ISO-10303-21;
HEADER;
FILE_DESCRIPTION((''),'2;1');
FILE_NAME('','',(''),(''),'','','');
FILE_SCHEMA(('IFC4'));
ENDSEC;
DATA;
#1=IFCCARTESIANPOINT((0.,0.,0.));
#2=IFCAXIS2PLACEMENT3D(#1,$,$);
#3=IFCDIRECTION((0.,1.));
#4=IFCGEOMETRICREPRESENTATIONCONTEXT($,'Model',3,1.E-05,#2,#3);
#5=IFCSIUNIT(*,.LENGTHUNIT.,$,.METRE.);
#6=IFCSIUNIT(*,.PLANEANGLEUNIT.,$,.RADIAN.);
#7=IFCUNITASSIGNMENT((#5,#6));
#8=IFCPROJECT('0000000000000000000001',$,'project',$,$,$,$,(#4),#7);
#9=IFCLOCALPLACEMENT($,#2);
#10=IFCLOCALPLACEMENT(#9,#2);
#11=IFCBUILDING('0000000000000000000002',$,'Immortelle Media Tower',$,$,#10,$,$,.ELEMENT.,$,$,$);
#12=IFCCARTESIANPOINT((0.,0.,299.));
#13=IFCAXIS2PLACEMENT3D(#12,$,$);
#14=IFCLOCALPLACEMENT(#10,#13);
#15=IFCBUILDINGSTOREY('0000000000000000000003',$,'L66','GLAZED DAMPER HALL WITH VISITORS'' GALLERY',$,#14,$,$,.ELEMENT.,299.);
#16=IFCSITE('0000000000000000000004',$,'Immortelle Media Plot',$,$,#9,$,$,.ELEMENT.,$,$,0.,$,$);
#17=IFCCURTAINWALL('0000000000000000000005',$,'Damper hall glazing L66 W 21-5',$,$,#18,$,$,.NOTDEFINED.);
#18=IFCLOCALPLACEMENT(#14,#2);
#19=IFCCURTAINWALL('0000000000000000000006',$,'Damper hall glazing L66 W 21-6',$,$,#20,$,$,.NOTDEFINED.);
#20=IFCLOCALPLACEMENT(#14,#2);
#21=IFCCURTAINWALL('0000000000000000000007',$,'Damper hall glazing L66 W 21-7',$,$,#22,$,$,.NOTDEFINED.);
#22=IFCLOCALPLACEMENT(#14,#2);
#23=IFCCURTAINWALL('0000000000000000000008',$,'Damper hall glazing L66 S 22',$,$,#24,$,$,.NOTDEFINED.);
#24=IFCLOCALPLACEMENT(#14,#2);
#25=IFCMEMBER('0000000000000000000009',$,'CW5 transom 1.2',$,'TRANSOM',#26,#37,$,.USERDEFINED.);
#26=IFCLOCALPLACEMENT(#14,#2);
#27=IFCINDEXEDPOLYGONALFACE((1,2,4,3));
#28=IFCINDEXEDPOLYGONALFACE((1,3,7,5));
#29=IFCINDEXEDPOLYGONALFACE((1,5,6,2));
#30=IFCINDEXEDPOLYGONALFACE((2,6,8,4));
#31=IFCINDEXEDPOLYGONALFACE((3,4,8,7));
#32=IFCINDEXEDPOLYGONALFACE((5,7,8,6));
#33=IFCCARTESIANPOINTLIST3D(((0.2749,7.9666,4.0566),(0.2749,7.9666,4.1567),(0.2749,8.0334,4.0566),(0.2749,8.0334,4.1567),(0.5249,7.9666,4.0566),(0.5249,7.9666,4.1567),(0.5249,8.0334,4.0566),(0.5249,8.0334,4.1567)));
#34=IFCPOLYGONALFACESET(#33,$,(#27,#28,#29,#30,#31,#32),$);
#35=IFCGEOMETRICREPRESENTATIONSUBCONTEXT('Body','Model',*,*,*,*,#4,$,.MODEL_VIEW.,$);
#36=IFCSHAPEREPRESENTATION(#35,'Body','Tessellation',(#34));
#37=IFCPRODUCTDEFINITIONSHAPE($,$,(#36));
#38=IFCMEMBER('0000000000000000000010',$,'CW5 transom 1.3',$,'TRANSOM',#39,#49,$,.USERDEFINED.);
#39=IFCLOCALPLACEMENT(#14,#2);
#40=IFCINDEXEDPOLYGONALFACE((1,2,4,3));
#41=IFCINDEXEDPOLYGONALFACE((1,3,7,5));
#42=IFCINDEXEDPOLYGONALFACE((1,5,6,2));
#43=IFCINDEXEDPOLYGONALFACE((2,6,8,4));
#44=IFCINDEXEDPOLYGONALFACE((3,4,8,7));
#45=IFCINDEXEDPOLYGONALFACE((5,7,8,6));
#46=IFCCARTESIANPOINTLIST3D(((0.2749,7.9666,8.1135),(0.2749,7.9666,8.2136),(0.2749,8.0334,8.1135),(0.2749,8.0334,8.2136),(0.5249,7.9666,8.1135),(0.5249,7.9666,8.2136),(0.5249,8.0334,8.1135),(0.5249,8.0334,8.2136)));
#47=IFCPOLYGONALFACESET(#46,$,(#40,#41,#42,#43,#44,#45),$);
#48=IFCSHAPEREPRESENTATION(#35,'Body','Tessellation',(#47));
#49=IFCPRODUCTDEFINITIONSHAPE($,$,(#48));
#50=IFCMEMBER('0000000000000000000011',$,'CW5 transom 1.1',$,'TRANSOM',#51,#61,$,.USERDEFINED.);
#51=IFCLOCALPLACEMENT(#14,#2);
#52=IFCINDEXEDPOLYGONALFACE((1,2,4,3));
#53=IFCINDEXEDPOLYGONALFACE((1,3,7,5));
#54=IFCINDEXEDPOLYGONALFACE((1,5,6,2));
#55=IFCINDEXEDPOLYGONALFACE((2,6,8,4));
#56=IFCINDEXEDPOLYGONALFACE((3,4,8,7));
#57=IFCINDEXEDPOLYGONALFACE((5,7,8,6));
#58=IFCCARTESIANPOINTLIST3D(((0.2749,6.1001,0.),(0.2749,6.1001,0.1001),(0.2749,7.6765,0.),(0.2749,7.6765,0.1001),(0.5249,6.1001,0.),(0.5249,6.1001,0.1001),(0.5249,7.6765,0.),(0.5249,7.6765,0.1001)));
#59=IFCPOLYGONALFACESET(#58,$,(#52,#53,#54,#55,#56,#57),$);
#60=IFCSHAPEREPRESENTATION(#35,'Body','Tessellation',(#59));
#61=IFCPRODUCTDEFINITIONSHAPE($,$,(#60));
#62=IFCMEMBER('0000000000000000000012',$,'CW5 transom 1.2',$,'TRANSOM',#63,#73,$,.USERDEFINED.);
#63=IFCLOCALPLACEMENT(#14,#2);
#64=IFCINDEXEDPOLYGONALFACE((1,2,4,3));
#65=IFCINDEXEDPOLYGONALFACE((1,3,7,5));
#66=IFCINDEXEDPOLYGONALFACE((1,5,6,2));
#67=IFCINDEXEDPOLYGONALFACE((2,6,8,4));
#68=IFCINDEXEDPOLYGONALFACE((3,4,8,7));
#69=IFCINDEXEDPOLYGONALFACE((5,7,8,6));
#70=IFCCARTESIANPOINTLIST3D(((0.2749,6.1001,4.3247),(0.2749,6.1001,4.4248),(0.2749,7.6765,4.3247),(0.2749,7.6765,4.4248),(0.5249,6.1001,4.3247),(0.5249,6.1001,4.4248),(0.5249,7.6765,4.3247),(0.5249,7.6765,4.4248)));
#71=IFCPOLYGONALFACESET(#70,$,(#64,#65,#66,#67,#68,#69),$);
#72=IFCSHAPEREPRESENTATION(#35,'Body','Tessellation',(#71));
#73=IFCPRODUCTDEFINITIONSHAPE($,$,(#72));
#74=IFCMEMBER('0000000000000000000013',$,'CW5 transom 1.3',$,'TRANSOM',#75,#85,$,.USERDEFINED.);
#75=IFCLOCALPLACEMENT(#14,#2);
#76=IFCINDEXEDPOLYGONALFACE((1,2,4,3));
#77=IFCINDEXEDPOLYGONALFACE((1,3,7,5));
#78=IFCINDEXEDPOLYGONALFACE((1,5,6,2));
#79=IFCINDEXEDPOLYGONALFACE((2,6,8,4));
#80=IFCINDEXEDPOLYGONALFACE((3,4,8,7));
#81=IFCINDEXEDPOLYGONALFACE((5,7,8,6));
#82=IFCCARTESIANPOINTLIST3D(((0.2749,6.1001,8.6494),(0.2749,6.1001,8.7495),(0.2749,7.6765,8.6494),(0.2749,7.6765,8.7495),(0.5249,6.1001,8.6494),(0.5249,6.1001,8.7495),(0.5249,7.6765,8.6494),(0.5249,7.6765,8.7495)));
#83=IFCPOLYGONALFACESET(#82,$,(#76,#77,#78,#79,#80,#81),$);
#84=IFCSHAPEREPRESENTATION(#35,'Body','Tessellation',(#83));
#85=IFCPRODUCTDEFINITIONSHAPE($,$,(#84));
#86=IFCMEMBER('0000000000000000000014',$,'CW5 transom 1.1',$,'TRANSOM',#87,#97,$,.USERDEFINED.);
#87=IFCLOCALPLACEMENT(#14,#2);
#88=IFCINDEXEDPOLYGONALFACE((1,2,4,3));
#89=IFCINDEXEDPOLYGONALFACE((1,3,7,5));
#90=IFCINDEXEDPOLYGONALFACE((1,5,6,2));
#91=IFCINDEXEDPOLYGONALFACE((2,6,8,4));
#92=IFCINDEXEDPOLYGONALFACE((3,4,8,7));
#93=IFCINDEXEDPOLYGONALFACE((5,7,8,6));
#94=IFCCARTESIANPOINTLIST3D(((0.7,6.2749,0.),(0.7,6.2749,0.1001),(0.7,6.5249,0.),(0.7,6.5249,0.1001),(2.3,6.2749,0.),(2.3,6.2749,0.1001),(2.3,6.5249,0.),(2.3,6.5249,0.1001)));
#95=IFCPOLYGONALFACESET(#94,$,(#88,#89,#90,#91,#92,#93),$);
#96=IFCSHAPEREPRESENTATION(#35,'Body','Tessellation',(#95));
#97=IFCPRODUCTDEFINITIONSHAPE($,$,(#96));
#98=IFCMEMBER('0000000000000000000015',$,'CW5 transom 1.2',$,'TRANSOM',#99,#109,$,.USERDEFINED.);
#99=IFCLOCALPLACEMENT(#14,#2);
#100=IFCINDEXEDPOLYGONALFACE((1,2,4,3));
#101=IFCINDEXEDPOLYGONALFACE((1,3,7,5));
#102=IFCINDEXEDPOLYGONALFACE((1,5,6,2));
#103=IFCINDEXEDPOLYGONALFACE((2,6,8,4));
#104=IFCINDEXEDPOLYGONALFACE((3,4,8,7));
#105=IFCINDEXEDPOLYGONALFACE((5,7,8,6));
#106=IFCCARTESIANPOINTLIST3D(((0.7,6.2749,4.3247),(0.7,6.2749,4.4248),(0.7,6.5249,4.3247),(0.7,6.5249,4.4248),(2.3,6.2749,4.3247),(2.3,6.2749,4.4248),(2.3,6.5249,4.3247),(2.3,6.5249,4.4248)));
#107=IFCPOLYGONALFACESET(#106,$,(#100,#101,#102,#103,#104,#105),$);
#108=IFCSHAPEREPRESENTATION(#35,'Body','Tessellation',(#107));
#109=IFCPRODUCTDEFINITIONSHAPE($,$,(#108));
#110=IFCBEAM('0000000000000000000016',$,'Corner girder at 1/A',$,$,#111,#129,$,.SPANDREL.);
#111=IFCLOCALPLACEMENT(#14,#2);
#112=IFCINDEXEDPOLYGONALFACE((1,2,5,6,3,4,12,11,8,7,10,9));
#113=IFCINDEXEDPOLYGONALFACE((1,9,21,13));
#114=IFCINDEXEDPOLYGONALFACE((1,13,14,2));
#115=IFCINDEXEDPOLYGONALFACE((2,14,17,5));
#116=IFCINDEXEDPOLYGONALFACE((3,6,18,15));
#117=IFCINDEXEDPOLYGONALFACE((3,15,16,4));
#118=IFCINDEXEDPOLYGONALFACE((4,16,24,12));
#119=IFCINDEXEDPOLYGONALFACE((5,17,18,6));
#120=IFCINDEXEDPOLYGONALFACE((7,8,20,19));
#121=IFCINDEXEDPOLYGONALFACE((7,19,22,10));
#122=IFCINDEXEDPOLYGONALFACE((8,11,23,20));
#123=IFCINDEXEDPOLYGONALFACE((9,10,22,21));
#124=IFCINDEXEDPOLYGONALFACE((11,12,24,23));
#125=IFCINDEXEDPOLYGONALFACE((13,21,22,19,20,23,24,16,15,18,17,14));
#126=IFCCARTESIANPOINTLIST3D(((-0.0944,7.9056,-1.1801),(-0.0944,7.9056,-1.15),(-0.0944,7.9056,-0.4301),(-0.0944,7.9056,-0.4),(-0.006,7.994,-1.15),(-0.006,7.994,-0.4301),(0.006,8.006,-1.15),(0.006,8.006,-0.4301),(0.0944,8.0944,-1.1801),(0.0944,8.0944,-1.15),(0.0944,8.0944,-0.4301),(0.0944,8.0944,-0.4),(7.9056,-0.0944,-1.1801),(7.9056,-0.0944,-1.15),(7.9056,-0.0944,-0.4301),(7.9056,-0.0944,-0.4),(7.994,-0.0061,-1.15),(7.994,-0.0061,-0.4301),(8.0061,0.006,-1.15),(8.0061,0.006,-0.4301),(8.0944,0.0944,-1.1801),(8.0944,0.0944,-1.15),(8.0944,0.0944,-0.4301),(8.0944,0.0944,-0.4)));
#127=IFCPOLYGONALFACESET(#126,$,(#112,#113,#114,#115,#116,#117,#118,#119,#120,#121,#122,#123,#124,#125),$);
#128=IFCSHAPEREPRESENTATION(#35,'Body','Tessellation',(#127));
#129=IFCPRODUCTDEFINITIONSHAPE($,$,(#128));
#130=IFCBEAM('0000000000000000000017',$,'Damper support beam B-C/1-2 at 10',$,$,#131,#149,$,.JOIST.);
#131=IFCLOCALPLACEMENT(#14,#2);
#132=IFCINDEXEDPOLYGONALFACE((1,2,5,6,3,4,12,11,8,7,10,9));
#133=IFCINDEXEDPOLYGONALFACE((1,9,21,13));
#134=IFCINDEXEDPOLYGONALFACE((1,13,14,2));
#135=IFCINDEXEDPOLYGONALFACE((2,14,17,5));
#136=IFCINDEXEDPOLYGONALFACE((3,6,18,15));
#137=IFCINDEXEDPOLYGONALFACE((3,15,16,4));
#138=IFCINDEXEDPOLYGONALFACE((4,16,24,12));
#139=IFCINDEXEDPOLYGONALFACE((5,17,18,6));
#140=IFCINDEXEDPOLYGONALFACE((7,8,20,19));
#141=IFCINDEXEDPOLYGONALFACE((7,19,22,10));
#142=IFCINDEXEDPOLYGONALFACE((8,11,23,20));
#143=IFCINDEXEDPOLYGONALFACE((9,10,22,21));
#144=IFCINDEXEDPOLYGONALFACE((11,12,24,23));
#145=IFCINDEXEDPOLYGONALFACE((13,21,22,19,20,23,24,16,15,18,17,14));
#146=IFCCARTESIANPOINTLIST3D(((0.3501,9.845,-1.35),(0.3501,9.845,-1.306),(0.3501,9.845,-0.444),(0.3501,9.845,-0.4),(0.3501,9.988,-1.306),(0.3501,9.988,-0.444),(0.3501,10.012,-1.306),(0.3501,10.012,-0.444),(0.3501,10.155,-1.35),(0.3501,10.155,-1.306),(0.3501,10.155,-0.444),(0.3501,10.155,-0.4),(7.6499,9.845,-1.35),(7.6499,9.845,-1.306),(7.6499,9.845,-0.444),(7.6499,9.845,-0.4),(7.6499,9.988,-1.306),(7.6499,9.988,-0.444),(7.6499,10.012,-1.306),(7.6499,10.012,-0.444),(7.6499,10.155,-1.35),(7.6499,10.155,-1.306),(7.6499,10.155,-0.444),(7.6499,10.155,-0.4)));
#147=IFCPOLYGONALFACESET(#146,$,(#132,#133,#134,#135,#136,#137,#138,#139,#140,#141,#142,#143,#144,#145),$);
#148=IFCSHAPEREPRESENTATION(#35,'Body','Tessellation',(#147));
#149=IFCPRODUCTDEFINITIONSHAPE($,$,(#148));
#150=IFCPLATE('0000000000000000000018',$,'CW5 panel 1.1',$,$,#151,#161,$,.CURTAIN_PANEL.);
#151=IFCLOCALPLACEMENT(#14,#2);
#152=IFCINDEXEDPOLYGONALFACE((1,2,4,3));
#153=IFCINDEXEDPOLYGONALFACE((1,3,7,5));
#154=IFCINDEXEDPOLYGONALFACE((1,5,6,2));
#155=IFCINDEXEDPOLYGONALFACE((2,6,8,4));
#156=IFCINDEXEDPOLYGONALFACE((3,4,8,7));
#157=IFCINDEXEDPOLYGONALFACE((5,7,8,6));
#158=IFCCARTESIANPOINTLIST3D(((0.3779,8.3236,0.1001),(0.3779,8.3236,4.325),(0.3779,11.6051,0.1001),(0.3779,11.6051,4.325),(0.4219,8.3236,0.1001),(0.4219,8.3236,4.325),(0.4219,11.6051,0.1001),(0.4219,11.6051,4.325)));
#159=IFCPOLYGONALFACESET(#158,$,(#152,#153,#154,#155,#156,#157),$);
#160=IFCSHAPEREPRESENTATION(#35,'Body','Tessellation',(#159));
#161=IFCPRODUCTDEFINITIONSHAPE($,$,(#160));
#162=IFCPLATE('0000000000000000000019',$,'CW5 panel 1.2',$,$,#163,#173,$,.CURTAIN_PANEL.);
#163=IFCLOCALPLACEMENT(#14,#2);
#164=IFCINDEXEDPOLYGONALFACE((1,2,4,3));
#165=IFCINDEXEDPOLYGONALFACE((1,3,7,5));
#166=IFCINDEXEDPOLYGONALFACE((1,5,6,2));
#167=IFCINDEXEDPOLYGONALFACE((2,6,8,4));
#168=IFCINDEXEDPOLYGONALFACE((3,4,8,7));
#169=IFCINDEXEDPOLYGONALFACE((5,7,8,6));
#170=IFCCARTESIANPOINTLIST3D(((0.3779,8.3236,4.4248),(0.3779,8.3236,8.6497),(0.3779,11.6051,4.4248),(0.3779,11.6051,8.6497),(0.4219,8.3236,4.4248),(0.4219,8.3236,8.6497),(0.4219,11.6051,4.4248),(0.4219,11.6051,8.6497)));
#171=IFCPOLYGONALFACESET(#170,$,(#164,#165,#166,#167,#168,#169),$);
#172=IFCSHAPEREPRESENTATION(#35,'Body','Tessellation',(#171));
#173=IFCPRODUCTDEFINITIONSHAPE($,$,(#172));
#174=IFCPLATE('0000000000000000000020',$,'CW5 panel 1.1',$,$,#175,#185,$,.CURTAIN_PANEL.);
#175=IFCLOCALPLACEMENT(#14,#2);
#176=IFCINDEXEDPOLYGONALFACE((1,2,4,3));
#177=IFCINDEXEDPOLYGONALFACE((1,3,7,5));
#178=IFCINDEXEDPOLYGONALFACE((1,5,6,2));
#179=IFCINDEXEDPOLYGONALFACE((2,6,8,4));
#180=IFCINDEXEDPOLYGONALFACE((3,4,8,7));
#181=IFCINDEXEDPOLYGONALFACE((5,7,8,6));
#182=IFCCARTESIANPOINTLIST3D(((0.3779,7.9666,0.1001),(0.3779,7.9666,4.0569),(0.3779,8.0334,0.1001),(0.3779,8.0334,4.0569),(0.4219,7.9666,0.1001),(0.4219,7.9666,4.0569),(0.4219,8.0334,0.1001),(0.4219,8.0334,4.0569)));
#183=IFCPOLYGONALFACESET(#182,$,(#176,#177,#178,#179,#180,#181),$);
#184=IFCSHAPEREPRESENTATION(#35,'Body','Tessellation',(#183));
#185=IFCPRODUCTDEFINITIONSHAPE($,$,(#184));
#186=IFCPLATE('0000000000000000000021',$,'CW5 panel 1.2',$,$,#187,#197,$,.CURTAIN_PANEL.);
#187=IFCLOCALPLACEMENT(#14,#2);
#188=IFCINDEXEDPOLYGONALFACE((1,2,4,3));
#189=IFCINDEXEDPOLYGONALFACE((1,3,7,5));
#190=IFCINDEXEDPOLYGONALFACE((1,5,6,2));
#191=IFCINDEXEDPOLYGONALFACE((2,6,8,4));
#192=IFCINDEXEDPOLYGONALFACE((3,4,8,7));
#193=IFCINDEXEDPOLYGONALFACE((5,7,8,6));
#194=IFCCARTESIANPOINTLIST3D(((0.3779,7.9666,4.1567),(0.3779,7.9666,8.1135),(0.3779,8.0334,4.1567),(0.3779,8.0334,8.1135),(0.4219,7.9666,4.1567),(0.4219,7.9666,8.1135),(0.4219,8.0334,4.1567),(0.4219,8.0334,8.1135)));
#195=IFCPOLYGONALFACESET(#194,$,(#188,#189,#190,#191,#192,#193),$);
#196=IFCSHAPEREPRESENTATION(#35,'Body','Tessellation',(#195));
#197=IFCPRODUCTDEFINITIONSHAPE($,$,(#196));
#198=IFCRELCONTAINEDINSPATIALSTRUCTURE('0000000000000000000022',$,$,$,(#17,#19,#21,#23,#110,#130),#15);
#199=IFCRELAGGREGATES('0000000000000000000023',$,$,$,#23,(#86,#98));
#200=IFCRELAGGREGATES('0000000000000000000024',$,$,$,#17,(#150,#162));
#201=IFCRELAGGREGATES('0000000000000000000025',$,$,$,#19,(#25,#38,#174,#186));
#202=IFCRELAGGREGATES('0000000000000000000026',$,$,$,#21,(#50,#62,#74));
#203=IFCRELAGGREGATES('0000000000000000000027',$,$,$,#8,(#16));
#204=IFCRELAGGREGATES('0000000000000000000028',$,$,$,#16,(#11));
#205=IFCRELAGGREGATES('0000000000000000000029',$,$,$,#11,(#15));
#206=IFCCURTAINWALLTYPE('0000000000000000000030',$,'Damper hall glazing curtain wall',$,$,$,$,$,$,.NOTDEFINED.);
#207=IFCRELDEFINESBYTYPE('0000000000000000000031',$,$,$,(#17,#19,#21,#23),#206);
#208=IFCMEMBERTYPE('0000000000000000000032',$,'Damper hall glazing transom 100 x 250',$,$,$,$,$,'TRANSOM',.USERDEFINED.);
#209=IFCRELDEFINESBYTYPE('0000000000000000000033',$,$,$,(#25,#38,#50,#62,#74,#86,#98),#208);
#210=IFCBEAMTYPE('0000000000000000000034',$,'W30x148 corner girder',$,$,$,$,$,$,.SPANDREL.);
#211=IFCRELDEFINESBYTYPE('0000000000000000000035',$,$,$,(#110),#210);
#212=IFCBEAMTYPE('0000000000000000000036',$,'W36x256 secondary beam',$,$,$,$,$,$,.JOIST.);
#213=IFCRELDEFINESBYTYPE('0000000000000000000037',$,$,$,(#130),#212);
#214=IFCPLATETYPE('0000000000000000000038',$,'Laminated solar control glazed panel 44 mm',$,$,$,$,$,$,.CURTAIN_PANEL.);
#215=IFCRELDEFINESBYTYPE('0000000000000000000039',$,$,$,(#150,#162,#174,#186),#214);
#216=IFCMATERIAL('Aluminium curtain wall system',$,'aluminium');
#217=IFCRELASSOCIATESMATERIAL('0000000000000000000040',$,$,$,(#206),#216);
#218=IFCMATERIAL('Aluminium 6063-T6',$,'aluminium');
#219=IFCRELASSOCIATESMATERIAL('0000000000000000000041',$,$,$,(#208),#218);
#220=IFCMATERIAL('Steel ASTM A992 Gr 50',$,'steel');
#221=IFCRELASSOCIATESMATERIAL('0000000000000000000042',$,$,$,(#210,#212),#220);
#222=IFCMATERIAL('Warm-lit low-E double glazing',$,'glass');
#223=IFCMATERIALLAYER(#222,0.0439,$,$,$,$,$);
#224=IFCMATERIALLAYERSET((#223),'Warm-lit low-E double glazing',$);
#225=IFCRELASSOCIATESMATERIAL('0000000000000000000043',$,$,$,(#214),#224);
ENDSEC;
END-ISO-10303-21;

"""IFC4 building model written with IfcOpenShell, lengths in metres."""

from ifc_helpers import new_model, si_unit, direction, frame, origin, origin_2d, place, context, subcontext, project, spatial, rectangle, i_section, extrude, material, layer, layer_set, material_profile, profile_set, type_object, element, aggregate, save


model = new_model("IFC4")

# Units and contexts
model_context = context("Model", 3, precision=1e-05, world=origin(), true_north=direction((0.0, 1.0)))
body_context = subcontext(model_context, "Body", "Model", "MODEL_VIEW")
ifc_project = project(units=[si_unit("LENGTHUNIT", "METRE"), si_unit("PLANEANGLEUNIT", "RADIAN")], contexts=[model_context])

# Site, building, storey
site_placement = place(None, origin())
site = spatial("IfcSite", under=ifc_project, at=site_placement, Name="Immortelle Media Plot", CompositionType="ELEMENT", RefElevation=0.0)
building_placement = place(site_placement, origin())
building = spatial("IfcBuilding", under=site, at=building_placement, Name="Immortelle Media Tower", CompositionType="ELEMENT")
storey_placement = place(building_placement, frame((0.0, 0.0, 299.0)))
storey = spatial("IfcBuildingStorey", under=building, at=storey_placement, Name="L66", Description="GLAZED DAMPER HALL WITH VISITORS' GALLERY", CompositionType="ELEMENT", Elevation=299.0)

# Shared definitions
ifc_material_1 = material(Name="Steel ASTM A992 Gr 50", Category="steel")

# Curtain wall
ifc_material_2 = material(Name="Aluminium curtain wall system", Category="aluminium")
curtain_wall_type = type_object("IfcCurtainWallType", Name="Damper hall glazing curtain wall", PredefinedType="NOTDEFINED", material=ifc_material_2)
curtain_wall_1_placement = place(storey_placement, origin())
curtain_wall_1 = element("IfcCurtainWall", 1, at=curtain_wall_1_placement, inside=storey, type_object=curtain_wall_type, Name="Damper hall glazing L66 W 21-5", PredefinedType="NOTDEFINED")
ifc_material_3 = material(Name="Aluminium 6063-T6", Category="aluminium")

# Curtain walls
curtain_wall_2_placement = place(storey_placement, origin())
curtain_wall_2 = element("IfcCurtainWall", 2, at=curtain_wall_2_placement, inside=storey, type_object=curtain_wall_type, Name="Damper hall glazing L66 W 21-6", PredefinedType="NOTDEFINED")
curtain_wall_3_placement = place(storey_placement, origin())
curtain_wall_3 = element("IfcCurtainWall", 3, at=curtain_wall_3_placement, inside=storey, type_object=curtain_wall_type, Name="Damper hall glazing L66 W 21-7", PredefinedType="NOTDEFINED")

# Curtain wall
curtain_wall_4_placement = place(storey_placement, origin())
curtain_wall_4 = element("IfcCurtainWall", 4, at=curtain_wall_4_placement, inside=storey, type_object=curtain_wall_type, Name="Damper hall glazing L66 S 22", PredefinedType="NOTDEFINED")

# Members
ifc_material_profile_1 = material_profile(ifc_material_3, rectangle(XDim=0.25, YDim=0.1001, at=origin_2d()), Name="AL 100x250")
ifc_profile_set_1 = profile_set([ifc_material_profile_1], Name="Aluminium 6063-T6")
member_type_1 = type_object("IfcMemberType", Name="Damper hall glazing transom 100 x 250", ElementType="TRANSOM", PredefinedType="USERDEFINED", material=ifc_profile_set_1)
member_1_placement = place(storey_placement, frame((0.3999, 8.0334, 4.1067), z_axis=(0.0, -1.0, 0.0), x_axis=(1.0, 0.0, 0.0)))
member_1 = element("IfcMember", 5, at=member_1_placement, type_object=member_type_1, Name="CW5 transom 1.2", ObjectType="TRANSOM", PredefinedType="USERDEFINED", context=body_context, shape_type="SweptSolid", body=[
    extrude(rectangle(XDim=0.25, YDim=0.1001, at=origin_2d()), origin(), (0.0, 0.0, 1.0), 0.0669),
])
member_2_placement = place(storey_placement, frame((0.3999, 8.0334, 8.1636), z_axis=(0.0, -1.0, 0.0), x_axis=(1.0, 0.0, 0.0)))
member_2 = element("IfcMember", 6, at=member_2_placement, type_object=member_type_1, Name="CW5 transom 1.3", ObjectType="TRANSOM", PredefinedType="USERDEFINED", context=body_context, shape_type="SweptSolid", body=[
    extrude(rectangle(XDim=0.25, YDim=0.1001, at=origin_2d()), origin(), (0.0, 0.0, 1.0), 0.0669),
])
member_3_placement = place(storey_placement, frame((0.3999, 7.6765, 0.05), z_axis=(0.0, -1.0, 0.0), x_axis=(1.0, 0.0, 0.0)))
member_3 = element("IfcMember", 7, at=member_3_placement, type_object=member_type_1, Name="CW5 transom 1.1", ObjectType="TRANSOM", PredefinedType="USERDEFINED", context=body_context, shape_type="SweptSolid", body=[
    extrude(rectangle(XDim=0.25, YDim=0.1001, at=origin_2d()), origin(), (0.0, 0.0, 1.0), 1.5764),
])
member_4_placement = place(storey_placement, frame((0.3999, 7.6765, 4.3748), z_axis=(0.0, -1.0, 0.0), x_axis=(1.0, 0.0, 0.0)))
member_4 = element("IfcMember", 8, at=member_4_placement, type_object=member_type_1, Name="CW5 transom 1.2", ObjectType="TRANSOM", PredefinedType="USERDEFINED", context=body_context, shape_type="SweptSolid", body=[
    extrude(rectangle(XDim=0.25, YDim=0.1001, at=origin_2d()), origin(), (0.0, 0.0, 1.0), 1.5764),
])
member_5_placement = place(storey_placement, frame((0.3999, 7.6765, 8.6995), z_axis=(0.0, -1.0, 0.0), x_axis=(1.0, 0.0, 0.0)))
member_5 = element("IfcMember", 9, at=member_5_placement, type_object=member_type_1, Name="CW5 transom 1.3", ObjectType="TRANSOM", PredefinedType="USERDEFINED", context=body_context, shape_type="SweptSolid", body=[
    extrude(rectangle(XDim=0.25, YDim=0.1001, at=origin_2d()), origin(), (0.0, 0.0, 1.0), 1.5764),
])
member_6_placement = place(storey_placement, frame((0.7, 6.3999, 0.05), z_axis=(1.0, 0.0, 0.0), x_axis=(0.0, 1.0, 0.0)))
member_6 = element("IfcMember", 10, at=member_6_placement, type_object=member_type_1, Name="CW5 transom 1.1", ObjectType="TRANSOM", PredefinedType="USERDEFINED", context=body_context, shape_type="SweptSolid", body=[
    extrude(rectangle(XDim=0.25, YDim=0.1001, at=origin_2d()), origin(), (0.0, 0.0, 1.0), 1.6001),
])
member_7_placement = place(storey_placement, frame((0.7, 6.3999, 4.3748), z_axis=(1.0, 0.0, 0.0), x_axis=(0.0, 1.0, 0.0)))
member_7 = element("IfcMember", 11, at=member_7_placement, type_object=member_type_1, Name="CW5 transom 1.2", ObjectType="TRANSOM", PredefinedType="USERDEFINED", context=body_context, shape_type="SweptSolid", body=[
    extrude(rectangle(XDim=0.25, YDim=0.1001, at=origin_2d()), origin(), (0.0, 0.0, 1.0), 1.6001),
])
aggregate(curtain_wall_4, [member_6, member_7])

# Beams
ifc_material_profile_2 = material_profile(ifc_material_1, i_section(OverallWidth=0.2671, OverallDepth=0.78, WebThickness=0.0171, FlangeThickness=0.03, at=origin_2d()), Name="W30x148")
ifc_profile_set_2 = profile_set([ifc_material_profile_2], Name="Steel ASTM A992 Gr 50")
beam_type_1 = type_object("IfcBeamType", Name="W30x148 corner girder", PredefinedType="SPANDREL", material=ifc_profile_set_2)
beam_1_placement = place(storey_placement, frame((0.0, 8.0, -0.79), z_axis=(0.707107, -0.707107, 0.0), x_axis=(0.707107, 0.707107, 0.0)))
element("IfcBeam", 12, at=beam_1_placement, inside=storey, type_object=beam_type_1, Name="Corner girder at 1/A", PredefinedType="SPANDREL", context=body_context, shape_type="SweptSolid", body=[
    extrude(i_section(OverallWidth=0.2671, OverallDepth=0.78, WebThickness=0.0171, FlangeThickness=0.03, at=origin_2d()), origin(), (0.0, 0.0, 1.0), 11.3137),
])
ifc_material_profile_3 = material_profile(ifc_material_1, i_section(OverallWidth=0.3101, OverallDepth=0.95, WebThickness=0.0239, FlangeThickness=0.0439, at=origin_2d()), Name="W36x256")
ifc_profile_set_3 = profile_set([ifc_material_profile_3], Name="Steel ASTM A992 Gr 50")
beam_type_2 = type_object("IfcBeamType", Name="W36x256 secondary beam", PredefinedType="JOIST", material=ifc_profile_set_3)
beam_2_placement = place(storey_placement, frame((0.3501, 10.0, -0.875), z_axis=(1.0, 0.0, 0.0), x_axis=(0.0, 1.0, 0.0)))
element("IfcBeam", 13, at=beam_2_placement, inside=storey, type_object=beam_type_2, Name="Damper support beam B-C/1-2 at 10", PredefinedType="JOIST", context=body_context, shape_type="SweptSolid", body=[
    extrude(i_section(OverallWidth=0.3101, OverallDepth=0.95, WebThickness=0.0239, FlangeThickness=0.0439, at=origin_2d()), origin(), (0.0, 0.0, 1.0), 7.2998),
])

# Plates
ifc_material_4 = material(Name="Warm-lit low-E double glazing", Category="glass")
ifc_layer = layer(ifc_material_4, 0.0439)
ifc_layer_set = layer_set([ifc_layer], Name="Warm-lit low-E double glazing")
plate_type = type_object("IfcPlateType", Name="Laminated solar control glazed panel 44 mm", PredefinedType="CURTAIN_PANEL", material=ifc_layer_set)
plate_1_placement = place(storey_placement, frame((0.3999, 9.9644, 0.1001), z_axis=(0.0, 0.0, 1.0), x_axis=(0.0, -1.0, 0.0)))
plate_1 = element("IfcPlate", 14, at=plate_1_placement, type_object=plate_type, Name="CW5 panel 1.1", PredefinedType="CURTAIN_PANEL", context=body_context, shape_type="SweptSolid", body=[
    extrude(rectangle(XDim=3.2815, YDim=0.0439, at=origin_2d()), origin(), (0.0, 0.0, 1.0), 4.2249),
])
plate_2_placement = place(storey_placement, frame((0.3999, 9.9644, 4.4248), z_axis=(0.0, 0.0, 1.0), x_axis=(0.0, -1.0, 0.0)))
plate_2 = element("IfcPlate", 15, at=plate_2_placement, type_object=plate_type, Name="CW5 panel 1.2", PredefinedType="CURTAIN_PANEL", context=body_context, shape_type="SweptSolid", body=[
    extrude(rectangle(XDim=3.2815, YDim=0.0439, at=origin_2d()), origin(), (0.0, 0.0, 1.0), 4.2249),
])
aggregate(curtain_wall_1, [plate_1, plate_2])
plate_3_placement = place(storey_placement, frame((0.3999, 8.0, 0.1001), z_axis=(0.0, 0.0, 1.0), x_axis=(0.0, -1.0, 0.0)))
plate_3 = element("IfcPlate", 16, at=plate_3_placement, type_object=plate_type, Name="CW5 panel 1.1", PredefinedType="CURTAIN_PANEL", context=body_context, shape_type="SweptSolid", body=[
    extrude(rectangle(XDim=0.0669, YDim=0.0439, at=origin_2d()), origin(), (0.0, 0.0, 1.0), 3.9568),
])
plate_4_placement = place(storey_placement, frame((0.3999, 8.0, 4.1567), z_axis=(0.0, 0.0, 1.0), x_axis=(0.0, -1.0, 0.0)))
plate_4 = element("IfcPlate", 17, at=plate_4_placement, type_object=plate_type, Name="CW5 panel 1.2", PredefinedType="CURTAIN_PANEL", context=body_context, shape_type="SweptSolid", body=[
    extrude(rectangle(XDim=0.0669, YDim=0.0439, at=origin_2d()), origin(), (0.0, 0.0, 1.0), 3.9568),
])
aggregate(curtain_wall_2, [member_1, member_2, plate_3, plate_4])
aggregate(curtain_wall_3, [member_3, member_4, member_5])

save(model, "model.ifc")
